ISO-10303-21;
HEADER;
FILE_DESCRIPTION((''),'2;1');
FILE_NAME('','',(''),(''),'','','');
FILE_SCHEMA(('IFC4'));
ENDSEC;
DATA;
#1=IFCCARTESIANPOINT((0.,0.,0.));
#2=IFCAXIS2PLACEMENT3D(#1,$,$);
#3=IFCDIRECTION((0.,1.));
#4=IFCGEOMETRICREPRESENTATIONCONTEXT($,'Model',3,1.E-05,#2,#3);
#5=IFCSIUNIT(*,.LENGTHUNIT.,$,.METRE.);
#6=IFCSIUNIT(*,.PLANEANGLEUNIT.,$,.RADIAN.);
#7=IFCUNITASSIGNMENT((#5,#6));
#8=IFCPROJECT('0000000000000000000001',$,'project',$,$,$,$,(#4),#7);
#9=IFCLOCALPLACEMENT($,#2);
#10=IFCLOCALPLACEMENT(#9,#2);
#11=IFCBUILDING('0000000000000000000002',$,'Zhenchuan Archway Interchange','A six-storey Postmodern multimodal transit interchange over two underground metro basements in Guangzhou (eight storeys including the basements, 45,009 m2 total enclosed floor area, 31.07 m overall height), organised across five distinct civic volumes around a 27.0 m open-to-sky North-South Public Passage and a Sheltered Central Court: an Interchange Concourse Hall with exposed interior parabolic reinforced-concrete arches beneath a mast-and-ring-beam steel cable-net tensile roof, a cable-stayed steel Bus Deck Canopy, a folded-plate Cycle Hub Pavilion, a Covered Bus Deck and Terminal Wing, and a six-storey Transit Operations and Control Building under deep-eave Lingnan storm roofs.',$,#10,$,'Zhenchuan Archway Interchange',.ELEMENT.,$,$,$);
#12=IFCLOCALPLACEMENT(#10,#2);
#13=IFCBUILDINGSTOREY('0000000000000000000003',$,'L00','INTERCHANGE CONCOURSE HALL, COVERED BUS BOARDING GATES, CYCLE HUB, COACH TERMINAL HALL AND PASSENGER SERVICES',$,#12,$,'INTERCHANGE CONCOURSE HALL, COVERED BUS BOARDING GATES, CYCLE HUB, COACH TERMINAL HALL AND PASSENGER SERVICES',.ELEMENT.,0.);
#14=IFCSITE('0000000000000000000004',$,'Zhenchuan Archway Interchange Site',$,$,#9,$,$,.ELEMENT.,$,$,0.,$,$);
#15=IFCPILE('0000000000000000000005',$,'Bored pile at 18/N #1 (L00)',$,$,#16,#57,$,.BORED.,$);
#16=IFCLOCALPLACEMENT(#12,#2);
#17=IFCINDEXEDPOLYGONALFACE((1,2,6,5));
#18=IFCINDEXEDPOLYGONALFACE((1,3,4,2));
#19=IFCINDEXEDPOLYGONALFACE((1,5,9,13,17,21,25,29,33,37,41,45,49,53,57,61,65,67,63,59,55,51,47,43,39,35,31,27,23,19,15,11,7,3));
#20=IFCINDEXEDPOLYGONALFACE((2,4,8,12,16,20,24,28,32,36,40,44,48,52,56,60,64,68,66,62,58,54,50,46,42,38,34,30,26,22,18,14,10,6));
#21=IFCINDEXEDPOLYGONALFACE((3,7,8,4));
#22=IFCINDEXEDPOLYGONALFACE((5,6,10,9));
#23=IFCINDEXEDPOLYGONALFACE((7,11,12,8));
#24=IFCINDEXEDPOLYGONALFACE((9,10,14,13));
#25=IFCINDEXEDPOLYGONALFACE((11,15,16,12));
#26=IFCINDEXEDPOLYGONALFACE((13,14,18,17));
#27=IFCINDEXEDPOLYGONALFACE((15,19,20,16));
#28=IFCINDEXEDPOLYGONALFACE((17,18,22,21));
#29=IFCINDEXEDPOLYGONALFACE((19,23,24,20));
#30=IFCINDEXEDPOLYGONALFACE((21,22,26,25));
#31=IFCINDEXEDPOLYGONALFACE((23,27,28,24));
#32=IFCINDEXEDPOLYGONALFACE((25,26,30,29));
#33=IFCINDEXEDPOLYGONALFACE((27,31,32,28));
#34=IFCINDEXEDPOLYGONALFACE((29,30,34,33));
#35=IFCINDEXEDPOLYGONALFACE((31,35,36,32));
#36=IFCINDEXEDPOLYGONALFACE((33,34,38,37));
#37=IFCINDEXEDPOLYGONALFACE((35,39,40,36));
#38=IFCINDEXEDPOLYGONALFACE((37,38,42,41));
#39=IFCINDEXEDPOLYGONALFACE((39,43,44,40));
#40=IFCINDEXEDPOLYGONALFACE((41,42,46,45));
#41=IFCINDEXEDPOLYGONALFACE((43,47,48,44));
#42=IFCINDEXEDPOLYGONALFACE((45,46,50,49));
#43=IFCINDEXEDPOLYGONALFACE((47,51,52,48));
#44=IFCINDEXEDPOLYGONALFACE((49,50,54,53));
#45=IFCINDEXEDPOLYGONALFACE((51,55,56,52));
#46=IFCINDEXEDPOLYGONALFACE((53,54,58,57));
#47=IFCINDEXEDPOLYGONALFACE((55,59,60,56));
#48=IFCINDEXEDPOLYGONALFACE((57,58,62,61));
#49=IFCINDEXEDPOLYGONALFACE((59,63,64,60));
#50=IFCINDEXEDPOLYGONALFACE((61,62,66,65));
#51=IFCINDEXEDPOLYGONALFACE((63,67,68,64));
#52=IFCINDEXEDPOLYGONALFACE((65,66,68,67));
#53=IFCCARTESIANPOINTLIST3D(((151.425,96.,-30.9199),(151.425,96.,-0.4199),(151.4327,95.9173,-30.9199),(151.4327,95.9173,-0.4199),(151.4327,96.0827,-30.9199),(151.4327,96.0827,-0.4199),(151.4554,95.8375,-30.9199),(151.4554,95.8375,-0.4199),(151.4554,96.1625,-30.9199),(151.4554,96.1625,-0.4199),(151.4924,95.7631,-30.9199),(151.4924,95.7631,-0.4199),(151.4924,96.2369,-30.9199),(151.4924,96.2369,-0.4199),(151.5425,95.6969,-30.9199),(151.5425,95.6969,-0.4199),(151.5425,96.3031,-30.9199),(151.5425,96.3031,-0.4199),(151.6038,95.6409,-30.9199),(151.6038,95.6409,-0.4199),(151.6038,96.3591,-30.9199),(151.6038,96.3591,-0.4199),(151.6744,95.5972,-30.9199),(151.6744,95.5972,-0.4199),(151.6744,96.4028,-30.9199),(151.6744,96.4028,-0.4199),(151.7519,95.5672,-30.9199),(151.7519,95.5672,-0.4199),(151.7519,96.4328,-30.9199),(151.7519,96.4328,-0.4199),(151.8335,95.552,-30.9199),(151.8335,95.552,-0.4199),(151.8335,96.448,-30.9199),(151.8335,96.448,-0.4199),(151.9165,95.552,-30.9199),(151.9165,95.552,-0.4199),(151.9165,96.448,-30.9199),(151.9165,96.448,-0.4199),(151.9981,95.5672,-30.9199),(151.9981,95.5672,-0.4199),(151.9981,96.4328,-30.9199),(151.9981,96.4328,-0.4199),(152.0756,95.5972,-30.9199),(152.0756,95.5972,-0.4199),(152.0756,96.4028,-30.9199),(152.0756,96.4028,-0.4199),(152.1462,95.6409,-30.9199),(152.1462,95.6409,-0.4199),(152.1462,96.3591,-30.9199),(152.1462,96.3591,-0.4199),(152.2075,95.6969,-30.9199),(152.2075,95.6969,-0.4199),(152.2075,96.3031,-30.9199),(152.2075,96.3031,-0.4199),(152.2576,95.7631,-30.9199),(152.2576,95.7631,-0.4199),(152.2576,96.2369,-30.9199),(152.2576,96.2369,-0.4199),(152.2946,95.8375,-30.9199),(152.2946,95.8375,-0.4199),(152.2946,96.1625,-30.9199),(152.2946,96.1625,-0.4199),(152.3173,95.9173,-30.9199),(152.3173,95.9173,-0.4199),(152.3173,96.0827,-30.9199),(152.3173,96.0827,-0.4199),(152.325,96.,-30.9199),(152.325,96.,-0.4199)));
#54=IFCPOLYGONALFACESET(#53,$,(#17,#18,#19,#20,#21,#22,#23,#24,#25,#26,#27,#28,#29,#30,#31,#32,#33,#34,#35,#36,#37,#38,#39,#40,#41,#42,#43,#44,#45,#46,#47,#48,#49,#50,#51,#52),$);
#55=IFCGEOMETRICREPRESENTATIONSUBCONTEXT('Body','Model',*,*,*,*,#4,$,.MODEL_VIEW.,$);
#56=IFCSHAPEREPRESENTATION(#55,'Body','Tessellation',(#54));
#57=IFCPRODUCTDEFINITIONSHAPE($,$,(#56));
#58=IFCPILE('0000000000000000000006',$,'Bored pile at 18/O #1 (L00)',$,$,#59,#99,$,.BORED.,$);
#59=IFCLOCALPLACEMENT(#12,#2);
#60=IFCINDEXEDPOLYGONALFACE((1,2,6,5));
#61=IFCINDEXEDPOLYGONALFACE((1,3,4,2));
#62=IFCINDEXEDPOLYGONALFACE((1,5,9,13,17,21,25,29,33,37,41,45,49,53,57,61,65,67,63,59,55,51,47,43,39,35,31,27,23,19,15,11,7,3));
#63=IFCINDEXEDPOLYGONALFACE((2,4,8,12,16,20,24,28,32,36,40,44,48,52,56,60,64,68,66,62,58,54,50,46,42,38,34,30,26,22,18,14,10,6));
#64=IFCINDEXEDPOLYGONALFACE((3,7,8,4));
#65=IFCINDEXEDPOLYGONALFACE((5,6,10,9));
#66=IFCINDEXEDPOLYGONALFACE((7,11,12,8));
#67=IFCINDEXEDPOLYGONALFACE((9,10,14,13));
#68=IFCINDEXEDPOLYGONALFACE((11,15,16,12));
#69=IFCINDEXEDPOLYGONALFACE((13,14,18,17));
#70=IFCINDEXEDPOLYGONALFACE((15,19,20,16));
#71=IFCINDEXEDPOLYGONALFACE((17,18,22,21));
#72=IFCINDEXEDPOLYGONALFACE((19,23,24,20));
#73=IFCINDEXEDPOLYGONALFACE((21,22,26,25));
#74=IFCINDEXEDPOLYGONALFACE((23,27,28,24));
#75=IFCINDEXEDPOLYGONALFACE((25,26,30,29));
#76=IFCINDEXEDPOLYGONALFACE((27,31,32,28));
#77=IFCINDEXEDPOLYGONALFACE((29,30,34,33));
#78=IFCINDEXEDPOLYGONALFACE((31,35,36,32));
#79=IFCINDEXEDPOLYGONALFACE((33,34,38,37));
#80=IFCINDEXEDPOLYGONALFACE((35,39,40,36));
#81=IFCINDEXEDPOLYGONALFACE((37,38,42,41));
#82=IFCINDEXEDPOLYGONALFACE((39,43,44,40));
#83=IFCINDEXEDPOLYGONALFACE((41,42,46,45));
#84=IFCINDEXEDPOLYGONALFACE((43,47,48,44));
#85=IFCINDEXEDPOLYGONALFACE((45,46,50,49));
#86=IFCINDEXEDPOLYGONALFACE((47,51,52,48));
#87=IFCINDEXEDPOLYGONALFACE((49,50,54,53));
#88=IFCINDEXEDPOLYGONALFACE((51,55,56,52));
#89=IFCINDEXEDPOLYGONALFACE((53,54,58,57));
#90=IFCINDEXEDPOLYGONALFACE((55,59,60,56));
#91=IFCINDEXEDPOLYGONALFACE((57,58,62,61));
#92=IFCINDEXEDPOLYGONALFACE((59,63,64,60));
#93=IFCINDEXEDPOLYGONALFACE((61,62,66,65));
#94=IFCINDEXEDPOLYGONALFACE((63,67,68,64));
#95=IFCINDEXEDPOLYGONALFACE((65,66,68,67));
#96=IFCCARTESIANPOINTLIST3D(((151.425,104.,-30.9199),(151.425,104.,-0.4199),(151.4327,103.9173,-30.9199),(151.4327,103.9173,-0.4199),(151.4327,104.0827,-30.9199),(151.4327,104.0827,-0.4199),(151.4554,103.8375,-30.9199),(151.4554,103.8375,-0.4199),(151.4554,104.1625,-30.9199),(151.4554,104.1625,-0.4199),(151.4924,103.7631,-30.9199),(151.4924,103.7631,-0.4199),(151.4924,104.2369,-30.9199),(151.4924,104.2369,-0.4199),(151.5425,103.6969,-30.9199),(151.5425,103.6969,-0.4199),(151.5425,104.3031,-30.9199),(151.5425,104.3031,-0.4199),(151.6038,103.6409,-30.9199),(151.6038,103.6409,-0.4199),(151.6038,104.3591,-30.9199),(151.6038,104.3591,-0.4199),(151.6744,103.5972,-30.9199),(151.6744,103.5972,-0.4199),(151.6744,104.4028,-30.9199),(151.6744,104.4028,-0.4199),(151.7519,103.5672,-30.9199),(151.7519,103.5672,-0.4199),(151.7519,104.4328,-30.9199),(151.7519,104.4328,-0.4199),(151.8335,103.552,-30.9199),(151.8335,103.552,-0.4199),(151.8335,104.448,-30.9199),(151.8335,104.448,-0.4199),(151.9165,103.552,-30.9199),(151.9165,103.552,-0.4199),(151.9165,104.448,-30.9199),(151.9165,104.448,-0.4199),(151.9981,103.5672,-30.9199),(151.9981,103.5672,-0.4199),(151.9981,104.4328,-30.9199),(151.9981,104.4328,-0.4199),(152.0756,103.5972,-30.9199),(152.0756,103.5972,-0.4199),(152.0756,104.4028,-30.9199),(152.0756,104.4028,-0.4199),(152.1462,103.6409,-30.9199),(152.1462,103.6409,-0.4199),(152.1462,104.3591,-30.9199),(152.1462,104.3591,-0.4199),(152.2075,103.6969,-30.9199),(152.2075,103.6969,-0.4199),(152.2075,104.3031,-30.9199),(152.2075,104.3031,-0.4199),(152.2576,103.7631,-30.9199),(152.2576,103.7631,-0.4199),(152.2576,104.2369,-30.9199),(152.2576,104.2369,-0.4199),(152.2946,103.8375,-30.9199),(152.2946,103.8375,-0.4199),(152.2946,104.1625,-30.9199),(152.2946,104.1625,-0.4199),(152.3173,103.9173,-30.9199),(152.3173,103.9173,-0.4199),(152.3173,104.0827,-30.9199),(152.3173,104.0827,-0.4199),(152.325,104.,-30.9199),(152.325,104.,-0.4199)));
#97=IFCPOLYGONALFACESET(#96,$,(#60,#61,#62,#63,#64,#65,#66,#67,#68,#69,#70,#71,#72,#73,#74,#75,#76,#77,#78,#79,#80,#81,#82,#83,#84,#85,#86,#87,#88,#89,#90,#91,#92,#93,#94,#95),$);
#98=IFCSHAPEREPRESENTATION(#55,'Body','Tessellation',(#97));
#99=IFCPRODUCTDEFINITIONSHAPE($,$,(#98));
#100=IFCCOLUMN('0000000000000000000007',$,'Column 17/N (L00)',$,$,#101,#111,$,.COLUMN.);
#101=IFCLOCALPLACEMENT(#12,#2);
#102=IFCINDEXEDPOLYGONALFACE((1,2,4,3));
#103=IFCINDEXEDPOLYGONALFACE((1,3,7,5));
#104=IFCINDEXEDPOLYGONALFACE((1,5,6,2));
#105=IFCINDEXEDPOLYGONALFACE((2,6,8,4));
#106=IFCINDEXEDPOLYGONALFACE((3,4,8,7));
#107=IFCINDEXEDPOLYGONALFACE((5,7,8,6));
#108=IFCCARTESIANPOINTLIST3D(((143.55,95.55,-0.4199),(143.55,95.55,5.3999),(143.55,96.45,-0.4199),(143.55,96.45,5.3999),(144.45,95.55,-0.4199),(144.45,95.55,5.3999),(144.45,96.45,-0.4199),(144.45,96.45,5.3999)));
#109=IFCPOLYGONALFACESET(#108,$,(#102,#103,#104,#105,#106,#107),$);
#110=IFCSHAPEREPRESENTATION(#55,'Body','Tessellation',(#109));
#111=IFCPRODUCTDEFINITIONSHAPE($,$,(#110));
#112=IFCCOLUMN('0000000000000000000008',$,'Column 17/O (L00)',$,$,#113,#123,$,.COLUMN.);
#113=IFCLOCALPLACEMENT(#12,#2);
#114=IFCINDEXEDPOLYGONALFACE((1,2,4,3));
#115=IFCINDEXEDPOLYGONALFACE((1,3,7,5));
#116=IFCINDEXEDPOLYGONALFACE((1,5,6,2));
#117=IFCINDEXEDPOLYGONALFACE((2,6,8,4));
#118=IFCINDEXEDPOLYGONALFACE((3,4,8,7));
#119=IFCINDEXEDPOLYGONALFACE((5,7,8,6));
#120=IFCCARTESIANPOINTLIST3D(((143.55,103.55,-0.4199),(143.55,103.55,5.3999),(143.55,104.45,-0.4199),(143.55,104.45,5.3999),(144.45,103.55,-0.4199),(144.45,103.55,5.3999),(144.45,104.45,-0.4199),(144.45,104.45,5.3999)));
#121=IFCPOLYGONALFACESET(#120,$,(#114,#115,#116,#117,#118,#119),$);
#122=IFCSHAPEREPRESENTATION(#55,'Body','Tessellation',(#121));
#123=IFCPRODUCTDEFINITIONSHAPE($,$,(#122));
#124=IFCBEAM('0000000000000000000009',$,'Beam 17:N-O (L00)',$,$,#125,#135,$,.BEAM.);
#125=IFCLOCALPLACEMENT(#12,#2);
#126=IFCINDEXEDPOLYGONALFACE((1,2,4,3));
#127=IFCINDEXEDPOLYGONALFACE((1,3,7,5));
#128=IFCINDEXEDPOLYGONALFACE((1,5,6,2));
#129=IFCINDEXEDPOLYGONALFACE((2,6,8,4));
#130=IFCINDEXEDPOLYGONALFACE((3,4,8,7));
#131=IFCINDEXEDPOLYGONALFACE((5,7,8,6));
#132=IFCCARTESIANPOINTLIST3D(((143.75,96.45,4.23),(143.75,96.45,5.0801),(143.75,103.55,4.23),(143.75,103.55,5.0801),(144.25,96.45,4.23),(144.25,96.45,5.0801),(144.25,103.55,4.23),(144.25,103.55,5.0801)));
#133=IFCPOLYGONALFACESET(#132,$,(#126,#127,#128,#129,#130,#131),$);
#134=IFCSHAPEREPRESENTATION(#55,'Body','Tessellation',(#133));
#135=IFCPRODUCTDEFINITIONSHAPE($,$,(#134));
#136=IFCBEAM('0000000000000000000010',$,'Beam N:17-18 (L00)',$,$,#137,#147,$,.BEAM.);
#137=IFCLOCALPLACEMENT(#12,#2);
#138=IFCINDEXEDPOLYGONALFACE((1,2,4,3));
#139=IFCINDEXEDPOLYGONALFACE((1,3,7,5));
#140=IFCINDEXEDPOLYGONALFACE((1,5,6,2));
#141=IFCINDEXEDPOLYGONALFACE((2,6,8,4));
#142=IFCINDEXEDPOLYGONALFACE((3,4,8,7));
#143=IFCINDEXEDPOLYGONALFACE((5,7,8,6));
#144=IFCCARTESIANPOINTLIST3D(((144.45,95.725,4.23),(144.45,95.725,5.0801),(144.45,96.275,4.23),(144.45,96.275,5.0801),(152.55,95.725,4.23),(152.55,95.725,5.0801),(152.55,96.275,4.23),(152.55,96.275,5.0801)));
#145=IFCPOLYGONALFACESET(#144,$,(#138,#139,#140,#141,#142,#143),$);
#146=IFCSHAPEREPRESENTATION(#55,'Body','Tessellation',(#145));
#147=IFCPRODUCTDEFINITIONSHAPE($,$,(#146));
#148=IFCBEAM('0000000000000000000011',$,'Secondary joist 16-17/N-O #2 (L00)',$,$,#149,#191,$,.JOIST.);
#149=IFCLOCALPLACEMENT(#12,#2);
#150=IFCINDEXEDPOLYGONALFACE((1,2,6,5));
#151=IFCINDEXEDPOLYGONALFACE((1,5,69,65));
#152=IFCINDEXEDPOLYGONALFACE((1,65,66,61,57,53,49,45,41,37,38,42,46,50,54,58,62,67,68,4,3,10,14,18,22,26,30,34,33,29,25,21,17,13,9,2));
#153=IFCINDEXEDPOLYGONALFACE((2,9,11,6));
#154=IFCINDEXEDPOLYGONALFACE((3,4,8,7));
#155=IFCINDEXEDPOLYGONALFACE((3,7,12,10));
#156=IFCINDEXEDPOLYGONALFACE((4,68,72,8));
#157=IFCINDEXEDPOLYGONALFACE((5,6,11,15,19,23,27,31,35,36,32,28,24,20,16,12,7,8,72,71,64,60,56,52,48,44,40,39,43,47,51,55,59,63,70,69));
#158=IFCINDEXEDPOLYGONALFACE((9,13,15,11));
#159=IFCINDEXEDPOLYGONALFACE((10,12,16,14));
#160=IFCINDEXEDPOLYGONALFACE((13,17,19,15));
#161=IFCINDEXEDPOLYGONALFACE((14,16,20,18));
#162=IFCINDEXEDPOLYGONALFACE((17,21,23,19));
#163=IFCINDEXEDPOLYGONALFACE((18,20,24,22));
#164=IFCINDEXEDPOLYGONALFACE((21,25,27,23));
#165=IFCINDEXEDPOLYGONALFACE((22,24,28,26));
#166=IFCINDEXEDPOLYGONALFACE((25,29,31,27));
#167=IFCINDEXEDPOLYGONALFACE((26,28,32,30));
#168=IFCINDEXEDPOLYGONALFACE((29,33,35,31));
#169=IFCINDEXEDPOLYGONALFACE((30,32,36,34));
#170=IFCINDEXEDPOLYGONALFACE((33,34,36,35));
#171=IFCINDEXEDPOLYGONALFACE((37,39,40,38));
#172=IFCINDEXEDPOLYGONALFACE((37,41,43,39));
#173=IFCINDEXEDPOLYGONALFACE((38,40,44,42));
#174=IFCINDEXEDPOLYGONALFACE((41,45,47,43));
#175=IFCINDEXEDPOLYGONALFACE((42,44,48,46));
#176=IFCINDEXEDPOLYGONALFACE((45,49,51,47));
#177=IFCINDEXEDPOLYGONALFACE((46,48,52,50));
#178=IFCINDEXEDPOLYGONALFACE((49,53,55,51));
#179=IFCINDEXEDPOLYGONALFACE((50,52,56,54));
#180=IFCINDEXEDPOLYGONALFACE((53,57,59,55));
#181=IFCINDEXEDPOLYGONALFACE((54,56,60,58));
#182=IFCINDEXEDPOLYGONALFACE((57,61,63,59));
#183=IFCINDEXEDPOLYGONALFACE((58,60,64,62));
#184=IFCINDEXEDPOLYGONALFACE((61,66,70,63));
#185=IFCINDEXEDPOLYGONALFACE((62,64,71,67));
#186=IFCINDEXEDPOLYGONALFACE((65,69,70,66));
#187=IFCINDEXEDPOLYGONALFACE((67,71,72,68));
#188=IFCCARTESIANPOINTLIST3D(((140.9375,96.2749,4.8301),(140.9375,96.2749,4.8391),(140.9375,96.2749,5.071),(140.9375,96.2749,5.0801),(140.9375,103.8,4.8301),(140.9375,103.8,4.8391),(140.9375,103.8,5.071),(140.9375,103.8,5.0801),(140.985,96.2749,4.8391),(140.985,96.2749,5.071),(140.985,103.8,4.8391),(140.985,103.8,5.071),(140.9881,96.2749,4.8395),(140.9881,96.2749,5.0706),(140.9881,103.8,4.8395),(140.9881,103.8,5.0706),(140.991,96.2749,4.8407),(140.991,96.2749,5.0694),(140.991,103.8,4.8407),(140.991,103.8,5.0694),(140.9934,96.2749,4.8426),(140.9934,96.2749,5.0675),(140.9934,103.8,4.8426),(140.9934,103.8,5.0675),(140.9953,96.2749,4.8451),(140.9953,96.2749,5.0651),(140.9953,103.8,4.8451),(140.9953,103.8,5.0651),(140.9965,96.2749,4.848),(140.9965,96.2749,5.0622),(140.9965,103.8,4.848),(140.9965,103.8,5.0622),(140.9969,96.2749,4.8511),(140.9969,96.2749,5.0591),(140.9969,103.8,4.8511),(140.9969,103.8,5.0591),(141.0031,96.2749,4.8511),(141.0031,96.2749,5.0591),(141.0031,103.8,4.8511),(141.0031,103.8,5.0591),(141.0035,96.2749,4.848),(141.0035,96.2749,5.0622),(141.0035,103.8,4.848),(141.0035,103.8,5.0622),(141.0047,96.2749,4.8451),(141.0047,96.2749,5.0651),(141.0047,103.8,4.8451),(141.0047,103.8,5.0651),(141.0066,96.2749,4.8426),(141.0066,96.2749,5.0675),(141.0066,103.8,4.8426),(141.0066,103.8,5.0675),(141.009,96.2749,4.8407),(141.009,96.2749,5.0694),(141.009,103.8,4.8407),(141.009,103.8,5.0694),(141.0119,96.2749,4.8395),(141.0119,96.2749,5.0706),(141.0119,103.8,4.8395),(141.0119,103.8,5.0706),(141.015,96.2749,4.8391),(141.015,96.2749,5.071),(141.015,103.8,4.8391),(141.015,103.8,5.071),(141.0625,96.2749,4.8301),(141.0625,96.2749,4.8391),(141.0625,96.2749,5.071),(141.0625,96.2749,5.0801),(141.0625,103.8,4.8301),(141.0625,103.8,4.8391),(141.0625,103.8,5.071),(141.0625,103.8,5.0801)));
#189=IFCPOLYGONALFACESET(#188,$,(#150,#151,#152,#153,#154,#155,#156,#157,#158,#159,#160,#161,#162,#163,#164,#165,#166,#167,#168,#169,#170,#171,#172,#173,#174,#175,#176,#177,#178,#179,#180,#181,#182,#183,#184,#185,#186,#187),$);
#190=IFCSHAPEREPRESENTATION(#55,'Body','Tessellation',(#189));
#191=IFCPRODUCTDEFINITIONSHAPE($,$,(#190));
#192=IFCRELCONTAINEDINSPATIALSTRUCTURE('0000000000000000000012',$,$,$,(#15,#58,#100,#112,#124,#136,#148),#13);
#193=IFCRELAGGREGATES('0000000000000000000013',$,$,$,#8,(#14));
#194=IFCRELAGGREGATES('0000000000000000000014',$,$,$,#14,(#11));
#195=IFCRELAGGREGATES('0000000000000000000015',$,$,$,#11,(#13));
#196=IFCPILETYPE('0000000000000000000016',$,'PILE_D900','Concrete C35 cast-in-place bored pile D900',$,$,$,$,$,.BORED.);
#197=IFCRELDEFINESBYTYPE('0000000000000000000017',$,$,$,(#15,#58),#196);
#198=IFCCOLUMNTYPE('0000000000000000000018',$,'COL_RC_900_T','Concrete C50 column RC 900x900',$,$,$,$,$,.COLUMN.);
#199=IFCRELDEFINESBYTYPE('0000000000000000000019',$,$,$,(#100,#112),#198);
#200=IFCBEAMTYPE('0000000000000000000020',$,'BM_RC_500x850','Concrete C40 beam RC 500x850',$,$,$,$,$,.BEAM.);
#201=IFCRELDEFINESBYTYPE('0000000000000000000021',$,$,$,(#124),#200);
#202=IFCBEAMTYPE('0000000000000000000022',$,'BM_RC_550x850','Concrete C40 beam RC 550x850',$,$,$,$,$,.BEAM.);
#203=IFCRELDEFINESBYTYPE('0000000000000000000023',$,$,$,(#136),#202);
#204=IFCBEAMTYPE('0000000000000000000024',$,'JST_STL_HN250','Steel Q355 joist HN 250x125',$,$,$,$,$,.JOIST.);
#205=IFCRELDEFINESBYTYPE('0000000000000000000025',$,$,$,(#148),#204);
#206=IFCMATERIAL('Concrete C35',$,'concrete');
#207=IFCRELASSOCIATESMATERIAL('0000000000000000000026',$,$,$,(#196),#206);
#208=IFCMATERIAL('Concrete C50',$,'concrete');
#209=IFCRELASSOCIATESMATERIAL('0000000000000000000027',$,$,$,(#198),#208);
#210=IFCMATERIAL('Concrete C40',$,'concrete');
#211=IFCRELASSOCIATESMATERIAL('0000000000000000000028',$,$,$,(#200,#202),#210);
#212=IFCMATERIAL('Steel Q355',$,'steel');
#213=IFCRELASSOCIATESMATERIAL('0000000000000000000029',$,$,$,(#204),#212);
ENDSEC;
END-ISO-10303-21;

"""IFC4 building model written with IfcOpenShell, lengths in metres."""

from ifc_helpers import new_model, si_unit, direction, frame, origin, origin_2d, place, context, subcontext, project, spatial, rectangle, circle, i_section, extrude, material, material_profile, profile_set, type_object, element, save


model = new_model("IFC4")

# Units and contexts
model_context = context("Model", 3, precision=1e-05, world=origin(), true_north=direction((0.0, 1.0)))
body_context = subcontext(model_context, "Body", "Model", "MODEL_VIEW")
ifc_project = project(units=[si_unit("LENGTHUNIT", "METRE"), si_unit("PLANEANGLEUNIT", "RADIAN")], contexts=[model_context])

# Site, building, storey
site_placement = place(None, origin())
site = spatial("IfcSite", under=ifc_project, at=site_placement, Name="Zhenchuan Archway Interchange Site", CompositionType="ELEMENT", RefElevation=0.0)
building_placement = place(site_placement, origin())
building = spatial("IfcBuilding", under=site, at=building_placement, Name="Zhenchuan Archway Interchange", Description="A six-storey Postmodern multimodal transit interchange over two underground metro basements in Guangzhou (eight storeys including the basements, 45,009 m2 total enclosed floor area, 31.07 m overall height), organised across five distinct civic volumes around a 27.0 m open-to-sky North-South Public Passage and a Sheltered Central Court: an Interchange Concourse Hall with exposed interior parabolic reinforced-concrete arches beneath a mast-and-ring-beam steel cable-net tensile roof, a cable-stayed steel Bus Deck Canopy, a folded-plate Cycle Hub Pavilion, a Covered Bus Deck and Terminal Wing, and a six-storey Transit Operations and Control Building under deep-eave Lingnan storm roofs.", LongName="Zhenchuan Archway Interchange", CompositionType="ELEMENT")
storey_placement = place(building_placement, origin())
storey = spatial("IfcBuildingStorey", under=building, at=storey_placement, Name="L00", Description="INTERCHANGE CONCOURSE HALL, COVERED BUS BOARDING GATES, CYCLE HUB, COACH TERMINAL HALL AND PASSENGER SERVICES", LongName="INTERCHANGE CONCOURSE HALL, COVERED BUS BOARDING GATES, CYCLE HUB, COACH TERMINAL HALL AND PASSENGER SERVICES", CompositionType="ELEMENT", Elevation=0.0)

# Shared definitions
ifc_material_1 = material(Name="Concrete C40", Category="concrete")

# Piles
ifc_material_2 = material(Name="Concrete C35", Category="concrete")
ifc_material_profile_1 = material_profile(ifc_material_2, circle(Radius=0.45, at=origin_2d()), Name="BORED PILE 900")
ifc_profile_set_1 = profile_set([ifc_material_profile_1], Name="Concrete C35")
pile_type = type_object("IfcPileType", Name="PILE_D900", Description="Concrete C35 cast-in-place bored pile D900", PredefinedType="BORED", material=ifc_profile_set_1)
for number, where, z_axis, x_axis, name in (
    (1, (151.875, 96.0, -0.4199), (0.0, 0.0, -1.0), (1.0, 0.0, 0.0), "Bored pile at 18/N #1 (L00)"),
    (2, (151.875, 104.0, -0.4199), (0.0, 0.0, -1.0), (1.0, 0.0, 0.0), "Bored pile at 18/O #1 (L00)"),
):
    element("IfcPile", number, at=place(storey_placement, frame(where, z_axis=z_axis, x_axis=x_axis)), inside=storey, type_object=pile_type, Name=name, PredefinedType="BORED", context=body_context, shape_type="SweptSolid", body=[
        extrude(circle(Radius=0.45, at=origin_2d()), origin(), (0.0, 0.0, 1.0), 30.5),
    ])

# Columns
ifc_material_3 = material(Name="Concrete C50", Category="concrete")
ifc_material_profile_2 = material_profile(ifc_material_3, rectangle(XDim=0.8999, YDim=0.8999, at=origin_2d()), Name="RC 900x900")
ifc_profile_set_2 = profile_set([ifc_material_profile_2], Name="Concrete C50")
column_type = type_object("IfcColumnType", Name="COL_RC_900_T", Description="Concrete C50 column RC 900x900", PredefinedType="COLUMN", material=ifc_profile_set_2)
for number, where, z_axis, x_axis, name in (
    (3, (144.0, 96.0, -0.4199), (0.0, 0.0, 1.0), (1.0, 0.0, 0.0), "Column 17/N (L00)"),
    (4, (144.0, 104.0, -0.4199), (0.0, 0.0, 1.0), (1.0, 0.0, 0.0), "Column 17/O (L00)"),
):
    element("IfcColumn", number, at=place(storey_placement, frame(where, z_axis=z_axis, x_axis=x_axis)), inside=storey, type_object=column_type, Name=name, PredefinedType="COLUMN", context=body_context, shape_type="SweptSolid", body=[
        extrude(rectangle(XDim=0.8999, YDim=0.8999, at=origin_2d()), origin(), (0.0, 0.0, 1.0), 5.8198),
    ])

# Beams
ifc_material_profile_3 = material_profile(ifc_material_1, rectangle(XDim=0.5, YDim=0.8501, at=origin_2d()), Name="RC 500x850")
ifc_profile_set_3 = profile_set([ifc_material_profile_3], Name="Concrete C40")
beam_type_1 = type_object("IfcBeamType", Name="BM_RC_500x850", Description="Concrete C40 beam RC 500x850", PredefinedType="BEAM", material=ifc_profile_set_3)
beam_1_placement = place(storey_placement, frame((144.0, 96.45, 4.655), z_axis=(0.0, 1.0, 0.0), x_axis=(-1.0, 0.0, 0.0)))
element("IfcBeam", 5, at=beam_1_placement, inside=storey, type_object=beam_type_1, Name="Beam 17:N-O (L00)", PredefinedType="BEAM", context=body_context, shape_type="SweptSolid", body=[
    extrude(rectangle(XDim=0.5, YDim=0.8501, at=origin_2d()), origin(), (0.0, 0.0, 1.0), 7.1001),
])
ifc_material_profile_4 = material_profile(ifc_material_1, rectangle(XDim=0.55, YDim=0.8501, at=origin_2d()), Name="RC 550x850")
ifc_profile_set_4 = profile_set([ifc_material_profile_4], Name="Concrete C40")
beam_type_2 = type_object("IfcBeamType", Name="BM_RC_550x850", Description="Concrete C40 beam RC 550x850", PredefinedType="BEAM", material=ifc_profile_set_4)
beam_2_placement = place(storey_placement, frame((144.45, 96.0, 4.655), z_axis=(1.0, 0.0, 0.0), x_axis=(0.0, 1.0, 0.0)))
element("IfcBeam", 6, at=beam_2_placement, inside=storey, type_object=beam_type_2, Name="Beam N:17-18 (L00)", PredefinedType="BEAM", context=body_context, shape_type="SweptSolid", body=[
    extrude(rectangle(XDim=0.55, YDim=0.8501, at=origin_2d()), origin(), (0.0, 0.0, 1.0), 8.1001),
])
ifc_material_4 = material(Name="Steel Q355", Category="steel")
ifc_material_profile_5 = material_profile(ifc_material_4, i_section(OverallWidth=0.125, OverallDepth=0.25, WebThickness=0.0061, FlangeThickness=0.009, FilletRadius=0.012, at=origin_2d()), Name="HN 250x125")
ifc_profile_set_5 = profile_set([ifc_material_profile_5], Name="Steel Q355")
beam_type_3 = type_object("IfcBeamType", Name="JST_STL_HN250", Description="Steel Q355 joist HN 250x125", PredefinedType="JOIST", material=ifc_profile_set_5)
beam_3_placement = place(storey_placement, frame((141.0, 96.2749, 4.9551), z_axis=(0.0, 1.0, 0.0), x_axis=(-1.0, 0.0, 0.0)))
element("IfcBeam", 7, at=beam_3_placement, inside=storey, type_object=beam_type_3, Name="Secondary joist 16-17/N-O #2 (L00)", PredefinedType="JOIST", context=body_context, shape_type="SweptSolid", body=[
    extrude(i_section(OverallWidth=0.125, OverallDepth=0.25, WebThickness=0.0061, FlangeThickness=0.009, FilletRadius=0.012, at=origin_2d()), origin(), (0.0, 0.0, 1.0), 7.5251),
])

save(model, "model.ifc")
